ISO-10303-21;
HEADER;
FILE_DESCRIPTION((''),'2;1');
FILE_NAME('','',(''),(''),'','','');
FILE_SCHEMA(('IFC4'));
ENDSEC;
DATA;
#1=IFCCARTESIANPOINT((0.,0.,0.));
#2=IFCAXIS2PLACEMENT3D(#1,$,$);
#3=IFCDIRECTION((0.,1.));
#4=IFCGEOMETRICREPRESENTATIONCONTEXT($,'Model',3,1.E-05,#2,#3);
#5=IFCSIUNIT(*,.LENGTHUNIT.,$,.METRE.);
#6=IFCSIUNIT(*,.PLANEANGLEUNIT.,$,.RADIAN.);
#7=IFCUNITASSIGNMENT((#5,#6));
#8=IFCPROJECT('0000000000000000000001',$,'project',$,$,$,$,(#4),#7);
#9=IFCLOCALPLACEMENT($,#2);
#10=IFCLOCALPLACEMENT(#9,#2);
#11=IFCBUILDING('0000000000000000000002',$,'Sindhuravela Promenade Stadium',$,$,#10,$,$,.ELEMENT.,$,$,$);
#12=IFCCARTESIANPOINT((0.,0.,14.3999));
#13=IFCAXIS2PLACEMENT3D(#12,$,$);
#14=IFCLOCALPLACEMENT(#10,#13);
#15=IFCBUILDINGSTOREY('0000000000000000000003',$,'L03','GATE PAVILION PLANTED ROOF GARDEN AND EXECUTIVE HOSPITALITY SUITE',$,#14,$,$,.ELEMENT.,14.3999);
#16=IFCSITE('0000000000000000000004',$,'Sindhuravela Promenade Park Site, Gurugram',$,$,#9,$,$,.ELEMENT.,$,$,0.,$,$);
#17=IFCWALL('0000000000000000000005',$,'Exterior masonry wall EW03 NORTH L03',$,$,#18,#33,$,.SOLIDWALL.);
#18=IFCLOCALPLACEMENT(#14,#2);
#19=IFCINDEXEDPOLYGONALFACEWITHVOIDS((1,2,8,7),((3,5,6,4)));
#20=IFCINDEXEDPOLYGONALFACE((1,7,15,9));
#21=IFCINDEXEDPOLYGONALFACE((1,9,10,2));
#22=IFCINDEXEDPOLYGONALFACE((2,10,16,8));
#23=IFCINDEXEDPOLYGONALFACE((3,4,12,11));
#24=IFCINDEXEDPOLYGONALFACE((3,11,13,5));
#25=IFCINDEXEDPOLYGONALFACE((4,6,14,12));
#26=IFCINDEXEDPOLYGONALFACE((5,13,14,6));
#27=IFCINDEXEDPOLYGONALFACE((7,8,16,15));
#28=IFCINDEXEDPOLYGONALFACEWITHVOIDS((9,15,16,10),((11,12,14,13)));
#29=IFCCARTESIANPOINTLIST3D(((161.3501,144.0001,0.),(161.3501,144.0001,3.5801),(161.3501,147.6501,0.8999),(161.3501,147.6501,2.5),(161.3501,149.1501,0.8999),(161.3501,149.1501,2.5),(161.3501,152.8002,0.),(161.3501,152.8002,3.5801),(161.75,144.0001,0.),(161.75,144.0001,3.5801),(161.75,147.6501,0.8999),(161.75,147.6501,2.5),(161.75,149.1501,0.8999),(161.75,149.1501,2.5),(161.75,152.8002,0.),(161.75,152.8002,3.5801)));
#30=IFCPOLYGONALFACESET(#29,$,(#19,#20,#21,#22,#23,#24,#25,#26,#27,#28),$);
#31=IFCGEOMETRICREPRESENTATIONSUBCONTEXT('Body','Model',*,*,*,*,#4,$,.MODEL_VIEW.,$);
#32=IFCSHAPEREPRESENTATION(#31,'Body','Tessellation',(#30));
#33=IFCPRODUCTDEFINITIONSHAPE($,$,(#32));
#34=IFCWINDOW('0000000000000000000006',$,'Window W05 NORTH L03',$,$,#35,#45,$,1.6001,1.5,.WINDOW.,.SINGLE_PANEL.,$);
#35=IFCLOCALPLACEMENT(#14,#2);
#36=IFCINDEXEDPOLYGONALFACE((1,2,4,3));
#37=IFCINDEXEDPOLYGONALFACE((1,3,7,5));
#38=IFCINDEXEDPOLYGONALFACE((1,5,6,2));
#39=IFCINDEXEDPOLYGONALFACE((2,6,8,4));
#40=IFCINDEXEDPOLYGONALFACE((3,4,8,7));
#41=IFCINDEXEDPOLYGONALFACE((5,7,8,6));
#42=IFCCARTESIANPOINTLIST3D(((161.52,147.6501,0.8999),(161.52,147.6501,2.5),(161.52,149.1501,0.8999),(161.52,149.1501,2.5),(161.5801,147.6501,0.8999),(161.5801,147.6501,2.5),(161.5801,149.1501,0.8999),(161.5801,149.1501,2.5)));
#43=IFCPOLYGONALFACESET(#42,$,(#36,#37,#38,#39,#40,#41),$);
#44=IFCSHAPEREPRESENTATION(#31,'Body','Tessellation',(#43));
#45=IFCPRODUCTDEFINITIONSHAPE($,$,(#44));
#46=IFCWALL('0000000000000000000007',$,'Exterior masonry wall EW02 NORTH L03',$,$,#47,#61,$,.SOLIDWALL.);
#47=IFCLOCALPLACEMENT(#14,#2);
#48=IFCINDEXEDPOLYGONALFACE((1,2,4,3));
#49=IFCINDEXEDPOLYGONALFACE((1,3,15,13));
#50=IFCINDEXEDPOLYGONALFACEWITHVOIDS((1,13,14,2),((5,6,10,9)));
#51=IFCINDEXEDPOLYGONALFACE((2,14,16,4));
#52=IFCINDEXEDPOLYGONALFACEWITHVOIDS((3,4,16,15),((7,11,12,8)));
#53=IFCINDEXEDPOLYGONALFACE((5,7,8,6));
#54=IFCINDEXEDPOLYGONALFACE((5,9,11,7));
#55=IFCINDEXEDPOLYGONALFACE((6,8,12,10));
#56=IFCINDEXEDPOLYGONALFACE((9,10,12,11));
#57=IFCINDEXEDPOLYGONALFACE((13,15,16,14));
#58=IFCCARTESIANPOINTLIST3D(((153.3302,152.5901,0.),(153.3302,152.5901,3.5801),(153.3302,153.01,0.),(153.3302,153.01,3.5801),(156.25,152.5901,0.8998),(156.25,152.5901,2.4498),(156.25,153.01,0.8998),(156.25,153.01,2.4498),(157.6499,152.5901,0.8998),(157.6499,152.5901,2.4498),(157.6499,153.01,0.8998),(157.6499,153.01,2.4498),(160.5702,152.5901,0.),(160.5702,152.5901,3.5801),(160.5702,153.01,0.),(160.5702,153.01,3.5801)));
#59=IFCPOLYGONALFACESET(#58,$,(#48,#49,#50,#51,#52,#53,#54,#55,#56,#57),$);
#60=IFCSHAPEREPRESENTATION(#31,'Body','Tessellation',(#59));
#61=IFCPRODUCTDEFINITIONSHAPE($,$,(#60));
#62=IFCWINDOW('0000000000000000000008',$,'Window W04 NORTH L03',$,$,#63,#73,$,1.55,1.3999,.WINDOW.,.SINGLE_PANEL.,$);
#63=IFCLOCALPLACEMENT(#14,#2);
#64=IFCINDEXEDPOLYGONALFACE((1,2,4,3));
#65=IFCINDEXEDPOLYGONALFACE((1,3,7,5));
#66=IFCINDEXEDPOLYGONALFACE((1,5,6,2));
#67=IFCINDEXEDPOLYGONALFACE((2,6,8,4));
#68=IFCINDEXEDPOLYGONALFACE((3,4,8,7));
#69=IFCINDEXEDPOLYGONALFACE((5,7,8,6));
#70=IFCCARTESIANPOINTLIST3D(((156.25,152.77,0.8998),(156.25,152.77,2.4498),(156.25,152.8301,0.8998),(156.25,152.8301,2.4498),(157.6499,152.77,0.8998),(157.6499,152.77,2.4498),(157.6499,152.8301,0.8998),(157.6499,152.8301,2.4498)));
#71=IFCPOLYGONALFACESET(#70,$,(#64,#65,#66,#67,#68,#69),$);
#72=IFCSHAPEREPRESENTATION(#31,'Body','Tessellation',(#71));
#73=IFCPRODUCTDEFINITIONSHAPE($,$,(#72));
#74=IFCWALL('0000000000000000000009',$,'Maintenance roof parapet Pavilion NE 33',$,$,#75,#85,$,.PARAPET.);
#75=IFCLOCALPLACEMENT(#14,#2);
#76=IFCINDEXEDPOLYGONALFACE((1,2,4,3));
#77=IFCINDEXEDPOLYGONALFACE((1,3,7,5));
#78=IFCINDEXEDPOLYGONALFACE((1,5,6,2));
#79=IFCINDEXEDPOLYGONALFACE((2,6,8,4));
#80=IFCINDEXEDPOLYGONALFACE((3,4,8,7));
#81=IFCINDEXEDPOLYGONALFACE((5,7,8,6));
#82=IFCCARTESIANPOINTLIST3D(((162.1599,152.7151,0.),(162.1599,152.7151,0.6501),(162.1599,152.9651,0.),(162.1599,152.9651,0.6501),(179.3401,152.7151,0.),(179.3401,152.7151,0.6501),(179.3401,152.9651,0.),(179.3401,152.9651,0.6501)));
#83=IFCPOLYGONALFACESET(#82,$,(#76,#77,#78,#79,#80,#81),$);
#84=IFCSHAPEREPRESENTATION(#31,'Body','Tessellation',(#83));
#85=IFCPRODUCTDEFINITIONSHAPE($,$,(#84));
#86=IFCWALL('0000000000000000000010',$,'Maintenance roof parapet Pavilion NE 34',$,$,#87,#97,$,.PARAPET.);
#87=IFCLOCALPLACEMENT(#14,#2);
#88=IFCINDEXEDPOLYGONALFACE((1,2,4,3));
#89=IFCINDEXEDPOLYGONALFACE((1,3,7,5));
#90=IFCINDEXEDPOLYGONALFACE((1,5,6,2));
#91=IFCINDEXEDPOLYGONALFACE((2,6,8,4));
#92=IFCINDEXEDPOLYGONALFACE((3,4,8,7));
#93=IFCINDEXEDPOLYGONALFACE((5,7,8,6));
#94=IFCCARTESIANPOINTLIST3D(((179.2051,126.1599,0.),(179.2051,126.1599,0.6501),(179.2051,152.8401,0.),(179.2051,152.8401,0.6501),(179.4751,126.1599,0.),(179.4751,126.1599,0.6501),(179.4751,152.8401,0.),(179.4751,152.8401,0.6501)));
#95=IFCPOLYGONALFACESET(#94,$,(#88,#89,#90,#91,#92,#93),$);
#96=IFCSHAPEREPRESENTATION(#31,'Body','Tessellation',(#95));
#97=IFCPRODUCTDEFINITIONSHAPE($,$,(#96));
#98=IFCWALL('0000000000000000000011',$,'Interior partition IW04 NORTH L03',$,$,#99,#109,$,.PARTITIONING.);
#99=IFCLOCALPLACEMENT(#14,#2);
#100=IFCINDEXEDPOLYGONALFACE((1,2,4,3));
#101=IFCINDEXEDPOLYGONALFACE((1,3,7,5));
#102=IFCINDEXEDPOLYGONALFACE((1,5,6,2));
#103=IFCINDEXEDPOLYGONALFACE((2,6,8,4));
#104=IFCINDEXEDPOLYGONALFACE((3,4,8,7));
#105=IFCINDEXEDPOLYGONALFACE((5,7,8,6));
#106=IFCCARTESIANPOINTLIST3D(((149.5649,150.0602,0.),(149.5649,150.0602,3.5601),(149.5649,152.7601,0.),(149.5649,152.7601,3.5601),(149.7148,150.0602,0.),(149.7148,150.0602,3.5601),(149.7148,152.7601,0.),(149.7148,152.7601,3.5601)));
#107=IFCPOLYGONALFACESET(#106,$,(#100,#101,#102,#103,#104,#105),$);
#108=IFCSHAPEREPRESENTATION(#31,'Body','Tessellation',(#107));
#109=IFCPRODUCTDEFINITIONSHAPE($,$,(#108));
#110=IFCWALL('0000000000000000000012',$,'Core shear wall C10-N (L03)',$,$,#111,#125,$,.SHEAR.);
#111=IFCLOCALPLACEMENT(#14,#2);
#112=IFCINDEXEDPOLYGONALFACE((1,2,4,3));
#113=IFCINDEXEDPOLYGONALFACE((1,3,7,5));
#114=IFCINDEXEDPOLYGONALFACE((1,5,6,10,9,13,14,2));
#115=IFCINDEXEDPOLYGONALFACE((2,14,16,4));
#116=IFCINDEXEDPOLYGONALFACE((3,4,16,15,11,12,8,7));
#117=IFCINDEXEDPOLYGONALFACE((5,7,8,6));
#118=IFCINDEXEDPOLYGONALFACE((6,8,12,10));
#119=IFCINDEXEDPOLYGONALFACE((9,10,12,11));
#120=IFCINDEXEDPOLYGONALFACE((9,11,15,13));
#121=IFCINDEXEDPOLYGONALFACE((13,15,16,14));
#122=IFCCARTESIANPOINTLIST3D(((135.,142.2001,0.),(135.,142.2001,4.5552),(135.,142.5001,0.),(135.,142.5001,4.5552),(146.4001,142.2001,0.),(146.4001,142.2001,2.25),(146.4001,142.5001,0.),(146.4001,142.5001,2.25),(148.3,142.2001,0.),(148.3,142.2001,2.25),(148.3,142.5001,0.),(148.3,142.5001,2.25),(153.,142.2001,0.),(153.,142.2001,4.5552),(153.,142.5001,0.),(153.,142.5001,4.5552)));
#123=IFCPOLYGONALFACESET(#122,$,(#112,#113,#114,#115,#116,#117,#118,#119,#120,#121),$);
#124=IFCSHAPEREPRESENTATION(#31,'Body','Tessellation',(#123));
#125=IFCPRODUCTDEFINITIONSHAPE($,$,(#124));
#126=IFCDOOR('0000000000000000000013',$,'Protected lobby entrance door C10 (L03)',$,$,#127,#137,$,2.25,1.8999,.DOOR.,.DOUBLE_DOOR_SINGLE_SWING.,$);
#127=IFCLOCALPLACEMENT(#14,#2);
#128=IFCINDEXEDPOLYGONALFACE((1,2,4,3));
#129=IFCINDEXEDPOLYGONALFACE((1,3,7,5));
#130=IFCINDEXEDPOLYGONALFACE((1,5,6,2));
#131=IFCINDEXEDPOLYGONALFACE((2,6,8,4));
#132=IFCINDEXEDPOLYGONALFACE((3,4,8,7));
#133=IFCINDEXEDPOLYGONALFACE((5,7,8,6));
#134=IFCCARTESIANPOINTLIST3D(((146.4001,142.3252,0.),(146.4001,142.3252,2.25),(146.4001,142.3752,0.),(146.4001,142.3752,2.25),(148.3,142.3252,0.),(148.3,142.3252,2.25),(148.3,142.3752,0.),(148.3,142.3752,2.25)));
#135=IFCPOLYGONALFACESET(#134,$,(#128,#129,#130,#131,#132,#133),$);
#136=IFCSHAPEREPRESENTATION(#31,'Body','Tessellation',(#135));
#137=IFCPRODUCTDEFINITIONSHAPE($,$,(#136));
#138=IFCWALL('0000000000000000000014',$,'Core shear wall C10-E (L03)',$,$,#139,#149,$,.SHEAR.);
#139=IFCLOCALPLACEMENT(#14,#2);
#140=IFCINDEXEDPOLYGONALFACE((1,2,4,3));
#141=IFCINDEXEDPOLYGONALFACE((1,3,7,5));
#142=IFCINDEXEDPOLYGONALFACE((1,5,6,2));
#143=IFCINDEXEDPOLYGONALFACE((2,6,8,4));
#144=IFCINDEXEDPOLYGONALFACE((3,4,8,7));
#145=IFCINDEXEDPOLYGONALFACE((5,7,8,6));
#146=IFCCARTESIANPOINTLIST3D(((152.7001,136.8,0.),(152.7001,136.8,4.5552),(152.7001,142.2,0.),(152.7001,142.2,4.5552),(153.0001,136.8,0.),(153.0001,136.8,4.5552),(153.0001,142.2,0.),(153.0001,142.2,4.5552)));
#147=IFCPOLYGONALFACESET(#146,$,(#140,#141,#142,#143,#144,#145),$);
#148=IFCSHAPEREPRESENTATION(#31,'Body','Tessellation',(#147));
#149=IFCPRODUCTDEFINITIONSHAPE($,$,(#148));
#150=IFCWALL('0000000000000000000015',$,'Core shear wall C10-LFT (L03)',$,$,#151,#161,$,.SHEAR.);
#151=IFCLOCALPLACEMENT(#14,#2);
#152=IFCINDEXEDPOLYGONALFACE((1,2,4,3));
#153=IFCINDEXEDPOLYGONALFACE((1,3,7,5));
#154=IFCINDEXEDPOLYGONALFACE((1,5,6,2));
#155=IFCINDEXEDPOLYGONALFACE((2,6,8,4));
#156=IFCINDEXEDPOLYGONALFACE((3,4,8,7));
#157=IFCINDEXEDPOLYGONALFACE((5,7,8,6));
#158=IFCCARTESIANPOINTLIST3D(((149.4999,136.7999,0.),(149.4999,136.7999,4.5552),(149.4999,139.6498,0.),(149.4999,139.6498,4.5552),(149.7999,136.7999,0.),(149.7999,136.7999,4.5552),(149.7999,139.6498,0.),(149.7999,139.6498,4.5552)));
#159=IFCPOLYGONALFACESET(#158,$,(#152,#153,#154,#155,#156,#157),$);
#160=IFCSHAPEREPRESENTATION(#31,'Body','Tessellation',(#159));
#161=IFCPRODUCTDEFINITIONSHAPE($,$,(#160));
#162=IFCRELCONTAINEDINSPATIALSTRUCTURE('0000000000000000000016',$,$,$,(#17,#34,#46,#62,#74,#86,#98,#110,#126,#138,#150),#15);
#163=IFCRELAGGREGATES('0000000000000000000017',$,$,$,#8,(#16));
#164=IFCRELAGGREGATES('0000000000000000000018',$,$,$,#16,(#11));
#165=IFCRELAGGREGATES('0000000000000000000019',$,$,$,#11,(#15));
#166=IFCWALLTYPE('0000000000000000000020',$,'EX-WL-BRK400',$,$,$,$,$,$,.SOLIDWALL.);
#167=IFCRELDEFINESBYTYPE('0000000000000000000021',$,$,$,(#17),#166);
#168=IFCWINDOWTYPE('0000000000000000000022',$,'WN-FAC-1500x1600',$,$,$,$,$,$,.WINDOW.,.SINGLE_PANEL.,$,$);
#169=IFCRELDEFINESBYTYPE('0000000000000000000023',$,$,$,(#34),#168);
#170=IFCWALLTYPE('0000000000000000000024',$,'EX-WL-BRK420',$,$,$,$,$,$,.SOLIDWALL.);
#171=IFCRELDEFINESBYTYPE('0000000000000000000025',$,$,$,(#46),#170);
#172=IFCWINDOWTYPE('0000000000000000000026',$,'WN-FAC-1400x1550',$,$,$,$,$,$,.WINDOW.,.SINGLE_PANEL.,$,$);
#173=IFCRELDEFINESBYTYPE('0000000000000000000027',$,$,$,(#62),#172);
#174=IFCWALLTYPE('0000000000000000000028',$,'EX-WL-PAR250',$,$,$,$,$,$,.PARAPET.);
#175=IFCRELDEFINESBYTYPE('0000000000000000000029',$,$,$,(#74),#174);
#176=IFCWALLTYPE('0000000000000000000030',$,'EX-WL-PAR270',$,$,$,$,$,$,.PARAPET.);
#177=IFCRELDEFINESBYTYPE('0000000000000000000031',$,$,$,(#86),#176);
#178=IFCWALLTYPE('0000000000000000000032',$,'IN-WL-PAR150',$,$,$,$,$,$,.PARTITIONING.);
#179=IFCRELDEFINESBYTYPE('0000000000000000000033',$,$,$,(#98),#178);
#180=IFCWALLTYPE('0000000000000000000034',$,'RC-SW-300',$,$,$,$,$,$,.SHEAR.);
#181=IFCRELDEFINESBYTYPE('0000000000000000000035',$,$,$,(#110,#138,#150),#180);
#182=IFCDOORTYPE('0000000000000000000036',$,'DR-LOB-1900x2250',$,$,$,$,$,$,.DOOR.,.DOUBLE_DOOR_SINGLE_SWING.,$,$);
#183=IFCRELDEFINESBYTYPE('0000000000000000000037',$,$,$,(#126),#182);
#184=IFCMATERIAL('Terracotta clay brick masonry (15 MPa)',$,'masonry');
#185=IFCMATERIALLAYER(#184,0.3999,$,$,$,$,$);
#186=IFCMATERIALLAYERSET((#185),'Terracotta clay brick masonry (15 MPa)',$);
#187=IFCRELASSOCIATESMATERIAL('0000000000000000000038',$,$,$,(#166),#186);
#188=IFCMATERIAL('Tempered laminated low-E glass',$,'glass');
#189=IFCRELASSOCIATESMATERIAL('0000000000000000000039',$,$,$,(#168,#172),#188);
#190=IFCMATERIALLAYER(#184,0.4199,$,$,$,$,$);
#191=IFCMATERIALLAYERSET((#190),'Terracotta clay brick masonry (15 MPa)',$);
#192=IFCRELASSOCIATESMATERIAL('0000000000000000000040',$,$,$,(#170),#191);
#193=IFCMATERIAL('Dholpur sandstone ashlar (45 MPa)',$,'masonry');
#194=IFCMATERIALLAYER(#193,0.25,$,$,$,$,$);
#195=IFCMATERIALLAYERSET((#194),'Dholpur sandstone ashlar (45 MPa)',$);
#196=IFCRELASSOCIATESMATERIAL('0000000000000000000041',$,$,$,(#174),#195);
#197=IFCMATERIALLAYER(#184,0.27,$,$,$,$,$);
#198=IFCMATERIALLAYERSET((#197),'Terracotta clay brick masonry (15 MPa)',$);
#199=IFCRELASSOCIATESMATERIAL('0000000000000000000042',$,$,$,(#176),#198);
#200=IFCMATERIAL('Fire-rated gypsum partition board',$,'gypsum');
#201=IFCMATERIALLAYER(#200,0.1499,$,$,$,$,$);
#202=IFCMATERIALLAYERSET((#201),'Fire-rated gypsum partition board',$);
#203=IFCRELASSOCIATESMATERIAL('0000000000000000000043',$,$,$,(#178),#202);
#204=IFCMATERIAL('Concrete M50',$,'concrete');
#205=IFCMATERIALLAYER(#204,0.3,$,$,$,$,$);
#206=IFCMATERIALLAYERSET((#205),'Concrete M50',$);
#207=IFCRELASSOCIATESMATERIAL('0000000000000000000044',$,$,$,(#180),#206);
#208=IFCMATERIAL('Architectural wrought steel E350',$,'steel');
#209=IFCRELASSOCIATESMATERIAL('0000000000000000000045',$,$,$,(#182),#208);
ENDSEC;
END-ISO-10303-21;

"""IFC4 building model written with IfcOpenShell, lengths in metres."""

from ifc_helpers import new_model, si_unit, direction, frame, frame_2d, origin, place, context, subcontext, project, spatial, rectangle, extrude, material, layer, layer_set, type_object, element, fill, save


model = new_model("IFC4")

# Units and contexts
model_context = context("Model", 3, precision=1e-05, world=origin(), true_north=direction((0.0, 1.0)))
body_context = subcontext(model_context, "Body", "Model", "MODEL_VIEW")
ifc_project = project(units=[si_unit("LENGTHUNIT", "METRE"), si_unit("PLANEANGLEUNIT", "RADIAN")], contexts=[model_context])

# Site, building, storey
site_placement = place(None, origin())
site = spatial("IfcSite", under=ifc_project, at=site_placement, Name="Sindhuravela Promenade Park Site, Gurugram", CompositionType="ELEMENT", RefElevation=0.0)
building_placement = place(site_placement, origin())
building = spatial("IfcBuilding", under=site, at=building_placement, Name="Sindhuravela Promenade Stadium", CompositionType="ELEMENT")
storey_placement = place(building_placement, frame((0.0, 0.0, 14.3999)))
storey = spatial("IfcBuildingStorey", under=building, at=storey_placement, Name="L03", Description="GATE PAVILION PLANTED ROOF GARDEN AND EXECUTIVE HOSPITALITY SUITE", CompositionType="ELEMENT", Elevation=14.3999)

# Walls, openings, windows
ifc_material_1 = material(Name="Terracotta clay brick masonry (15 MPa)", Category="masonry")
ifc_material_2 = material(Name="Tempered laminated low-E glass", Category="glass")
ifc_layer_1 = layer(ifc_material_1, 0.3999)
ifc_layer_set_1 = layer_set([ifc_layer_1], Name="Terracotta clay brick masonry (15 MPa)")
wall_type_1 = type_object("IfcWallType", Name="EX-WL-BRK400", PredefinedType="SOLIDWALL", material=ifc_layer_set_1)
wall_1_placement = place(storey_placement, frame((161.55, 152.8, 0.0), z_axis=(0.0, 0.0, 1.0), x_axis=(0.0, -1.0, 0.0)))
wall_1 = element("IfcWall", 1, at=wall_1_placement, inside=storey, type_object=wall_type_1, Name="Exterior masonry wall EW03 NORTH L03", PredefinedType="SOLIDWALL", context=body_context, shape_type="SweptSolid", body=[
    extrude(rectangle(XDim=8.8, YDim=0.3999, at=frame_2d((4.3999, 0.0))), origin(), (0.0, 0.0, 1.0), 3.5801),
])
opening_1_placement = place(wall_1_placement, frame((3.6499, 0.0, 0.8999)))
opening_1 = element("IfcOpeningElement", 2, at=opening_1_placement, cuts=wall_1, PredefinedType="OPENING", context=body_context, shape_type="SweptSolid", body=[
    extrude(rectangle(XDim=1.5, YDim=1.6001, at=frame_2d((0.75, 0.8))), frame((0.0, 0.21, 0.0), z_axis=(0.0, -1.0, 0.0), x_axis=(1.0, 0.0, 0.0)), (0.0, 0.0, 1.0), 0.4199),
])
window_type_1 = type_object("IfcWindowType", Name="WN-FAC-1500x1600", PartitioningType="SINGLE_PANEL", PredefinedType="WINDOW", material=ifc_material_2)
window_1_placement = place(opening_1_placement, origin())
window_1 = element("IfcWindow", 3, at=window_1_placement, inside=storey, type_object=window_type_1, Name="Window W05 NORTH L03", OverallHeight=1.6001, OverallWidth=1.5, PartitioningType="SINGLE_PANEL", PredefinedType="WINDOW", context=body_context, shape_type="SweptSolid", body=[
    extrude(rectangle(XDim=1.5, YDim=1.6001, at=frame_2d((0.75, 0.8))), frame((0.0, 0.03, 0.0), z_axis=(0.0, -1.0, 0.0), x_axis=(1.0, 0.0, 0.0)), (0.0, 0.0, 1.0), 0.0601),
])
fill(opening_1, window_1)
ifc_layer_2 = layer(ifc_material_1, 0.4199)
ifc_layer_set_2 = layer_set([ifc_layer_2], Name="Terracotta clay brick masonry (15 MPa)")
wall_type_2 = type_object("IfcWallType", Name="EX-WL-BRK420", PredefinedType="SOLIDWALL", material=ifc_layer_set_2)
wall_2_placement = place(storey_placement, frame((153.3301, 152.8, 0.0), z_axis=(0.0, 0.0, 1.0), x_axis=(1.0, 0.0, 0.0)))
wall_2 = element("IfcWall", 4, at=wall_2_placement, inside=storey, type_object=wall_type_2, Name="Exterior masonry wall EW02 NORTH L03", PredefinedType="SOLIDWALL", context=body_context, shape_type="SweptSolid", body=[
    extrude(rectangle(XDim=7.24, YDim=0.4199, at=frame_2d((3.6201, 0.0))), origin(), (0.0, 0.0, 1.0), 3.5801),
])
opening_2_placement = place(wall_2_placement, frame((2.9199, 0.0, 0.8999)))
opening_2 = element("IfcOpeningElement", 5, at=opening_2_placement, cuts=wall_2, PredefinedType="OPENING", context=body_context, shape_type="SweptSolid", body=[
    extrude(rectangle(XDim=1.3999, YDim=1.55, at=frame_2d((0.7, 0.7749))), frame((0.0, 0.22, 0.0), z_axis=(0.0, -1.0, 0.0), x_axis=(1.0, 0.0, 0.0)), (0.0, 0.0, 1.0), 0.4399),
])
window_type_2 = type_object("IfcWindowType", Name="WN-FAC-1400x1550", PartitioningType="SINGLE_PANEL", PredefinedType="WINDOW", material=ifc_material_2)
window_2_placement = place(opening_2_placement, origin())
window_2 = element("IfcWindow", 6, at=window_2_placement, inside=storey, type_object=window_type_2, Name="Window W04 NORTH L03", OverallHeight=1.55, OverallWidth=1.3999, PartitioningType="SINGLE_PANEL", PredefinedType="WINDOW", context=body_context, shape_type="SweptSolid", body=[
    extrude(rectangle(XDim=1.3999, YDim=1.55, at=frame_2d((0.7, 0.7749))), frame((0.0, 0.03, 0.0), z_axis=(0.0, -1.0, 0.0), x_axis=(1.0, 0.0, 0.0)), (0.0, 0.0, 1.0), 0.0601),
])
fill(opening_2, window_2)

# Walls
ifc_material_3 = material(Name="Dholpur sandstone ashlar (45 MPa)", Category="masonry")
ifc_layer_3 = layer(ifc_material_3, 0.25)
ifc_layer_set_3 = layer_set([ifc_layer_3], Name="Dholpur sandstone ashlar (45 MPa)")
wall_type_3 = type_object("IfcWallType", Name="EX-WL-PAR250", PredefinedType="PARAPET", material=ifc_layer_set_3)
wall_3_placement = place(storey_placement, frame((162.1599, 152.8401, 0.0), z_axis=(0.0, 0.0, 1.0), x_axis=(1.0, 0.0, 0.0)))
element("IfcWall", 7, at=wall_3_placement, inside=storey, type_object=wall_type_3, Name="Maintenance roof parapet Pavilion NE 33", PredefinedType="PARAPET", context=body_context, shape_type="SweptSolid", body=[
    extrude(rectangle(XDim=17.1802, YDim=0.25, at=frame_2d((8.5901, 0.0))), origin(), (0.0, 0.0, 1.0), 0.6501),
])
ifc_layer_4 = layer(ifc_material_1, 0.27)
ifc_layer_set_4 = layer_set([ifc_layer_4], Name="Terracotta clay brick masonry (15 MPa)")
wall_type_4 = type_object("IfcWallType", Name="EX-WL-PAR270", PredefinedType="PARAPET", material=ifc_layer_set_4)
wall_4_placement = place(storey_placement, frame((179.3401, 152.8401, 0.0), z_axis=(0.0, 0.0, 1.0), x_axis=(0.0, -1.0, 0.0)))
element("IfcWall", 8, at=wall_4_placement, inside=storey, type_object=wall_type_4, Name="Maintenance roof parapet Pavilion NE 34", PredefinedType="PARAPET", context=body_context, shape_type="SweptSolid", body=[
    extrude(rectangle(XDim=26.6802, YDim=0.27, at=frame_2d((13.3401, 0.0))), origin(), (0.0, 0.0, 1.0), 0.6501),
])
ifc_material_4 = material(Name="Fire-rated gypsum partition board", Category="gypsum")
ifc_layer_5 = layer(ifc_material_4, 0.1499)
ifc_layer_set_5 = layer_set([ifc_layer_5], Name="Fire-rated gypsum partition board")
wall_type_5 = type_object("IfcWallType", Name="IN-WL-PAR150", PredefinedType="PARTITIONING", material=ifc_layer_set_5)
wall_5_placement = place(storey_placement, frame((149.6399, 150.0601, 0.0), z_axis=(0.0, 0.0, 1.0), x_axis=(0.0, 1.0, 0.0)))
element("IfcWall", 9, at=wall_5_placement, inside=storey, type_object=wall_type_5, Name="Interior partition IW04 NORTH L03", PredefinedType="PARTITIONING", context=body_context, shape_type="SweptSolid", body=[
    extrude(rectangle(XDim=2.7, YDim=0.1499, at=frame_2d((1.3501, 0.0))), origin(), (0.0, 0.0, 1.0), 3.5601),
])

# Wall, opening, door
ifc_material_5 = material(Name="Concrete M50", Category="concrete")
ifc_layer_6 = layer(ifc_material_5, 0.3)
ifc_layer_set_6 = layer_set([ifc_layer_6], Name="Concrete M50")
wall_type_6 = type_object("IfcWallType", Name="RC-SW-300", PredefinedType="SHEAR", material=ifc_layer_set_6)
wall_6_placement = place(storey_placement, frame((153.0, 142.3501, 0.0), z_axis=(0.0, 0.0, 1.0), x_axis=(-1.0, 0.0, 0.0)))
wall_6 = element("IfcWall", 10, at=wall_6_placement, inside=storey, type_object=wall_type_6, Name="Core shear wall C10-N (L03)", PredefinedType="SHEAR", context=body_context, shape_type="SweptSolid", body=[
    extrude(rectangle(XDim=18.0, YDim=0.3, at=frame_2d((9.0, 0.0))), origin(), (0.0, 0.0, 1.0), 4.5552),
])
opening_3_placement = place(wall_6_placement, frame((4.7, 0.0, 0.0)))
opening_3 = element("IfcOpeningElement", 11, at=opening_3_placement, cuts=wall_6, PredefinedType="OPENING", context=body_context, shape_type="SweptSolid", body=[
    extrude(rectangle(XDim=1.8999, YDim=2.25, at=frame_2d((0.95, 1.125))), frame((0.0, 0.1599, 0.0), z_axis=(0.0, -1.0, 0.0), x_axis=(1.0, 0.0, 0.0)), (0.0, 0.0, 1.0), 0.3201),
])
ifc_material_6 = material(Name="Architectural wrought steel E350", Category="steel")
door_type_1 = type_object("IfcDoorType", Name="DR-LOB-1900x2250", OperationType="DOUBLE_DOOR_SINGLE_SWING", PredefinedType="DOOR", material=ifc_material_6)
door_1_placement = place(opening_3_placement, origin())
door_1 = element("IfcDoor", 12, at=door_1_placement, inside=storey, type_object=door_type_1, Name="Protected lobby entrance door C10 (L03)", OperationType="DOUBLE_DOOR_SINGLE_SWING", OverallHeight=2.25, OverallWidth=1.8999, PredefinedType="DOOR", context=body_context, shape_type="SweptSolid", body=[
    extrude(rectangle(XDim=1.8999, YDim=2.25, at=frame_2d((0.95, 1.125))), frame((0.0, 0.0249, 0.0), z_axis=(0.0, -1.0, 0.0), x_axis=(1.0, 0.0, 0.0)), (0.0, 0.0, 1.0), 0.05),
])
fill(opening_3, door_1)

# Walls
wall_7_placement = place(storey_placement, frame((152.8501, 136.8, 0.0), z_axis=(0.0, 0.0, 1.0), x_axis=(0.0, 1.0, 0.0)))
element("IfcWall", 13, at=wall_7_placement, inside=storey, type_object=wall_type_6, Name="Core shear wall C10-E (L03)", PredefinedType="SHEAR", context=body_context, shape_type="SweptSolid", body=[
    extrude(rectangle(XDim=5.3999, YDim=0.3, at=frame_2d((2.7, 0.0))), origin(), (0.0, 0.0, 1.0), 4.5552),
])
wall_8_placement = place(storey_placement, frame((149.6499, 136.8, 0.0), z_axis=(0.0, 0.0, 1.0), x_axis=(0.0, 1.0, 0.0)))
element("IfcWall", 14, at=wall_8_placement, inside=storey, type_object=wall_type_6, Name="Core shear wall C10-LFT (L03)", PredefinedType="SHEAR", context=body_context, shape_type="SweptSolid", body=[
    extrude(rectangle(XDim=2.8499, YDim=0.3, at=frame_2d((1.4248, 0.0))), origin(), (0.0, 0.0, 1.0), 4.5552),
])

save(model, "model.ifc")
